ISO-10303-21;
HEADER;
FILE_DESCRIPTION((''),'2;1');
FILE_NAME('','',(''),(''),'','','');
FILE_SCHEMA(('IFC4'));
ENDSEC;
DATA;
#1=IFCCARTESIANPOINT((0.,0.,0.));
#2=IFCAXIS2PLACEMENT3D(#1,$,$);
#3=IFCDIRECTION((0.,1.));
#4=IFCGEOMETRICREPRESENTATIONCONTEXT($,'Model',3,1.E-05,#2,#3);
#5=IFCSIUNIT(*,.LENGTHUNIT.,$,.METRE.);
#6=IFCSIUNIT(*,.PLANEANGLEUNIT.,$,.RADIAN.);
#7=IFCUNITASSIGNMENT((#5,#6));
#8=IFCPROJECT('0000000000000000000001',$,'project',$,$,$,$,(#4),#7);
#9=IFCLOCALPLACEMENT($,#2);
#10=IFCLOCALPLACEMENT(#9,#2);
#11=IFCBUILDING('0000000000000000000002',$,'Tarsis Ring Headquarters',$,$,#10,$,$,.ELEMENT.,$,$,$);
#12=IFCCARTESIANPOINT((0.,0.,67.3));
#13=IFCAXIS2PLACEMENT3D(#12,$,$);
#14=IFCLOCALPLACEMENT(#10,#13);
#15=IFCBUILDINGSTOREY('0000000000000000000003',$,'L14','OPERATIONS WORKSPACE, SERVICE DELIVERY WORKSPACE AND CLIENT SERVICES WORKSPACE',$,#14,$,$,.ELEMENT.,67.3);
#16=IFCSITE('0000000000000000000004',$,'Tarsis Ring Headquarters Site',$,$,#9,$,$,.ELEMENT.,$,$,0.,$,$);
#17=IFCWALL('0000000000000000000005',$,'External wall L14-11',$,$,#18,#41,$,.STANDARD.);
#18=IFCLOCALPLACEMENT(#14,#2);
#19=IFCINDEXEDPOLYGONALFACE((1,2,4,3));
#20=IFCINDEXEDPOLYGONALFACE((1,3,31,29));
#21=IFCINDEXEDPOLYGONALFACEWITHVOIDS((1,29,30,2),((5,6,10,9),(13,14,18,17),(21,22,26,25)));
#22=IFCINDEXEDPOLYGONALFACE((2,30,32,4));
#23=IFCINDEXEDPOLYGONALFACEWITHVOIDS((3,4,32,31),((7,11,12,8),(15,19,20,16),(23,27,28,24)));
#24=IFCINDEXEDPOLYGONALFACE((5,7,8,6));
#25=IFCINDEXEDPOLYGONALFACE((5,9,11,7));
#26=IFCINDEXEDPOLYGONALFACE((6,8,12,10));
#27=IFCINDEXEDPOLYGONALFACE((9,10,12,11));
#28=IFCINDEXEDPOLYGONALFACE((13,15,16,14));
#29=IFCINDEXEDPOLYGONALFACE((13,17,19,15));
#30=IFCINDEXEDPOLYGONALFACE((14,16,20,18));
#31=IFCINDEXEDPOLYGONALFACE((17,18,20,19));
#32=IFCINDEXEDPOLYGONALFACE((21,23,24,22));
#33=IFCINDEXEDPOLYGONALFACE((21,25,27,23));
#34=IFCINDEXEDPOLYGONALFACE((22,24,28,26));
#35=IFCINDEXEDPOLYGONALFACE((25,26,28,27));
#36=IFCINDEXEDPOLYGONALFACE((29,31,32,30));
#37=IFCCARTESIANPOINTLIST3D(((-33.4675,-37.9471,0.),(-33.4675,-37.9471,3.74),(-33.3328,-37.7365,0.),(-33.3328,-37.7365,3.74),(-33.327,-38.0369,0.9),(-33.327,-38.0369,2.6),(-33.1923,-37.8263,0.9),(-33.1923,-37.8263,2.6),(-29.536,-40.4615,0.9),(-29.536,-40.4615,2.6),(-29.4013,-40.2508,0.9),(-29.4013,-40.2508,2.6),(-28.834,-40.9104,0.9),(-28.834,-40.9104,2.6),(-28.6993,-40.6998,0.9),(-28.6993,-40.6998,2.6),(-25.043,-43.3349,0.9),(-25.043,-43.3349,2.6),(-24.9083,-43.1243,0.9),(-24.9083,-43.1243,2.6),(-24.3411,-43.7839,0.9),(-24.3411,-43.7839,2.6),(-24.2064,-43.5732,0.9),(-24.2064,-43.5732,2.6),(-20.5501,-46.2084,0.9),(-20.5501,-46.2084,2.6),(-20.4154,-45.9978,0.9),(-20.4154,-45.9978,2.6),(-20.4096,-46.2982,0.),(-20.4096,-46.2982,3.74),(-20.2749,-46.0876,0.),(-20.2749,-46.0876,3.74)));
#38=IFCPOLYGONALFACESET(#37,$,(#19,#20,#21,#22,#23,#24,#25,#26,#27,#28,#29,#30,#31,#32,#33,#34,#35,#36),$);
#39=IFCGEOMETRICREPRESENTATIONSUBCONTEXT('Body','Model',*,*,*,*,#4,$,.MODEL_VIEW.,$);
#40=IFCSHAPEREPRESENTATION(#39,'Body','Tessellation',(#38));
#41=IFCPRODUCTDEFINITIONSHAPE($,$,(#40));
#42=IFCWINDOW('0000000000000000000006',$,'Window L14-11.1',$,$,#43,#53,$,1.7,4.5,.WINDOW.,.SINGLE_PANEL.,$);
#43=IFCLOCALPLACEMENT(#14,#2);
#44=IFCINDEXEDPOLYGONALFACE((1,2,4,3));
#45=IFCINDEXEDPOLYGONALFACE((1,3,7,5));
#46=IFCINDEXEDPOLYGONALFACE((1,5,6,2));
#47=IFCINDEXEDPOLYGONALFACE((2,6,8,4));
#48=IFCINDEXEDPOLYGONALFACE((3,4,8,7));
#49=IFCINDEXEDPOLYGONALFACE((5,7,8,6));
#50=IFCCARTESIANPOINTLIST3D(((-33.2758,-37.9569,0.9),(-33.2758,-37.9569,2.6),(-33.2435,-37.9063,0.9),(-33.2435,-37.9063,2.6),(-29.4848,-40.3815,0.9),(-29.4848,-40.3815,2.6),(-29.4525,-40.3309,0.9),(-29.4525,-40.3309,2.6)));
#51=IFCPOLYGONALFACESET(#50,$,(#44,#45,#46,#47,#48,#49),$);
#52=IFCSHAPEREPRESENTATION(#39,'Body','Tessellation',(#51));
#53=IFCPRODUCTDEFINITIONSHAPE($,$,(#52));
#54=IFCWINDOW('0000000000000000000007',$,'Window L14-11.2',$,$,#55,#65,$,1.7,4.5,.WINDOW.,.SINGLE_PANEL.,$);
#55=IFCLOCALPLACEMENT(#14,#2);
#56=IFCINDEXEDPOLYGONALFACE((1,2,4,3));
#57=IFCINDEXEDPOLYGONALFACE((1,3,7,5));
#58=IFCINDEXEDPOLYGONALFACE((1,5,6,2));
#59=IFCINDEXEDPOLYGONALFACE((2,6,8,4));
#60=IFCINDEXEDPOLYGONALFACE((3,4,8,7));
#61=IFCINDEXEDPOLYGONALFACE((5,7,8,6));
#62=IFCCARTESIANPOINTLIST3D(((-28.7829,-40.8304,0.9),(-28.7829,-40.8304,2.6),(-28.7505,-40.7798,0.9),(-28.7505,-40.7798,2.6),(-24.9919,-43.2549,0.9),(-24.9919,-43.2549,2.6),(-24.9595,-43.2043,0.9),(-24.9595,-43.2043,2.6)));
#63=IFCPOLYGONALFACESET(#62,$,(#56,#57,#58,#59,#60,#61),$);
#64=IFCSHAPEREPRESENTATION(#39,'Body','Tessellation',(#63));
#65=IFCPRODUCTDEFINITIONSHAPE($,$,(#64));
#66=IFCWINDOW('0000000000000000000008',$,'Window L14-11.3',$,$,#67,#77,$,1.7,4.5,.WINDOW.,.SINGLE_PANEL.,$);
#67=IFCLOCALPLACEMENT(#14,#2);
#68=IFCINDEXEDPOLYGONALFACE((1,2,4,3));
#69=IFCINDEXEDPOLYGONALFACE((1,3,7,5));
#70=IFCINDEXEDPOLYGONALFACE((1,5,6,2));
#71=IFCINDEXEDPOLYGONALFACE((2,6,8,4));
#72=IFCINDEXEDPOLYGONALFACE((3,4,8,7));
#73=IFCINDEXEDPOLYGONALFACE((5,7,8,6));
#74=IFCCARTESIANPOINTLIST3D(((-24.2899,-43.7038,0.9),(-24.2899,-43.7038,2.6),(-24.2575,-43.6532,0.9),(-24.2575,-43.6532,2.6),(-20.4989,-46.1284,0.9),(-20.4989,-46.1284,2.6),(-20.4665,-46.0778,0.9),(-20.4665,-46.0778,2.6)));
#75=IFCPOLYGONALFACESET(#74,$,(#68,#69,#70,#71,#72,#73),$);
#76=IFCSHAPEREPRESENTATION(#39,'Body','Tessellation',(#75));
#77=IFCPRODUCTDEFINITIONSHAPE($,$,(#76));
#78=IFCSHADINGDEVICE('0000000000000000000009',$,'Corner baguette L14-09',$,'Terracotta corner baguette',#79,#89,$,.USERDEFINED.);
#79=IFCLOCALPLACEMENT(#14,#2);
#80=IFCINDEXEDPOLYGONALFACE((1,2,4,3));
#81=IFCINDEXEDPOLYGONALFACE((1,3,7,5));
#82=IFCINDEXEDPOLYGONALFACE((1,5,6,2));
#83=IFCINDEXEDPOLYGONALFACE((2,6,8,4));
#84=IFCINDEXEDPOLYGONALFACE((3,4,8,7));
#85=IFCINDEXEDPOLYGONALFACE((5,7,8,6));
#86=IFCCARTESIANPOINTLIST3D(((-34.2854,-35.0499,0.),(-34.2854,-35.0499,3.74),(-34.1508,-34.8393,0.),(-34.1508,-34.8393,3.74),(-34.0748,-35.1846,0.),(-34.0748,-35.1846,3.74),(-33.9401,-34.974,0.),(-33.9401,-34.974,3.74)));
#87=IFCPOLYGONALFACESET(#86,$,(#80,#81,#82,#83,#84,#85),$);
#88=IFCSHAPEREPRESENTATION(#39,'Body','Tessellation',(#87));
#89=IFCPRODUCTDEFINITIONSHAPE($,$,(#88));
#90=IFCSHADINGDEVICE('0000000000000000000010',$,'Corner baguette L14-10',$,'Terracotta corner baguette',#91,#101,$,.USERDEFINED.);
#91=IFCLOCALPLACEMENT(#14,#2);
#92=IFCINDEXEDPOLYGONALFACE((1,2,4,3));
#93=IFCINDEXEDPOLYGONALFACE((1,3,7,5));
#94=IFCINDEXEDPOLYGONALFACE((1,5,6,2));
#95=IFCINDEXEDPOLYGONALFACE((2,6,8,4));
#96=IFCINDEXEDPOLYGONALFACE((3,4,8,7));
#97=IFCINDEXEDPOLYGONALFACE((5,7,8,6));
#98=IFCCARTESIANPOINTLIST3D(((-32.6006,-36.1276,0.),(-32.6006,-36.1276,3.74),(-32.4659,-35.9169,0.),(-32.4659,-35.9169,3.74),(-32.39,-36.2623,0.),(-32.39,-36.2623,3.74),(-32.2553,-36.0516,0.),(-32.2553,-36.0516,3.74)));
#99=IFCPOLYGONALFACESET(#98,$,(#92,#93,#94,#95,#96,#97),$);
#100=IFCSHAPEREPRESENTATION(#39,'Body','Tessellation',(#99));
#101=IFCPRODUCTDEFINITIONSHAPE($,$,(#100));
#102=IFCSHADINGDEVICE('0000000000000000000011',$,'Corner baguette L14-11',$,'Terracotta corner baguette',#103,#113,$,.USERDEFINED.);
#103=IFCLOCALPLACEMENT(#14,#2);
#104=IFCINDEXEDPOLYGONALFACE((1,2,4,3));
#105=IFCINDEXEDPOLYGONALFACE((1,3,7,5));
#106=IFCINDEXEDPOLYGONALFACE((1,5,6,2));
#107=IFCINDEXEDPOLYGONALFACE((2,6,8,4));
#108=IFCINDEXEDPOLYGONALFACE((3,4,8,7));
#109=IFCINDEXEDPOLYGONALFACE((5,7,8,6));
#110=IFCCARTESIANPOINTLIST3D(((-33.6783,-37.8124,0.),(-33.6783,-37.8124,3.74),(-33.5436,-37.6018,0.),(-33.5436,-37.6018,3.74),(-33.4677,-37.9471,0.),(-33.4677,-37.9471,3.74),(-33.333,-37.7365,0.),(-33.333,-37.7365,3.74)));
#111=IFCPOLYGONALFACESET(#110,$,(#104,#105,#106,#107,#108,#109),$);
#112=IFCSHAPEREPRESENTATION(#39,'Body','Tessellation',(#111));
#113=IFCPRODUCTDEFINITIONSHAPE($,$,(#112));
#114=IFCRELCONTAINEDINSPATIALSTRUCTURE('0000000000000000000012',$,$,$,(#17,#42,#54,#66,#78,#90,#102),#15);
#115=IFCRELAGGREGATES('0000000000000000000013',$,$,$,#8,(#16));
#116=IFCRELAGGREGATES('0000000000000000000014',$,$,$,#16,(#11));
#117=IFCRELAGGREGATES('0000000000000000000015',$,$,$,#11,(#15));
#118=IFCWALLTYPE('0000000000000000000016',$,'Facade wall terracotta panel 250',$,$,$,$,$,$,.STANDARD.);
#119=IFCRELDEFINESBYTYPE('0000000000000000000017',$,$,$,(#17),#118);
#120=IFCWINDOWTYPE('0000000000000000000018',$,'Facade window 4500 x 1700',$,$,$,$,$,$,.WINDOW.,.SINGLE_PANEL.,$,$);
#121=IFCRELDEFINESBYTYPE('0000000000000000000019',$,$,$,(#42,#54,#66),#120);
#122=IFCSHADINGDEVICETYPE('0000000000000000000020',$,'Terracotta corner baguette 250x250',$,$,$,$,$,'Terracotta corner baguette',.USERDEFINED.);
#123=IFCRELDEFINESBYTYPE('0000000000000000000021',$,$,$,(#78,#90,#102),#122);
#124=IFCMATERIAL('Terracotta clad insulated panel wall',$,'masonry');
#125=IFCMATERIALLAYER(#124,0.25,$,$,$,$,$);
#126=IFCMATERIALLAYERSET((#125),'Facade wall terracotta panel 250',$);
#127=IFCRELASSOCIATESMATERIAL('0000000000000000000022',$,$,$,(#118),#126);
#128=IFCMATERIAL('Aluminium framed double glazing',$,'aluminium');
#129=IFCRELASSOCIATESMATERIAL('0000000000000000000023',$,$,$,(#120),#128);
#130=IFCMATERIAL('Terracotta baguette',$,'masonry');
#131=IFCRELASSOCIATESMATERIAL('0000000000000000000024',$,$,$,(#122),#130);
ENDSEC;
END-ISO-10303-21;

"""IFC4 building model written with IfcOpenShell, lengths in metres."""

from ifc_helpers import new_model, si_unit, direction, frame, frame_2d, origin, origin_2d, place, context, subcontext, project, spatial, rectangle, extrude, material, layer, layer_set, type_object, element, fill, save


model = new_model("IFC4")

# Units and contexts
model_context = context("Model", 3, precision=1e-05, world=origin(), true_north=direction((0.0, 1.0)))
body_context = subcontext(model_context, "Body", "Model", "MODEL_VIEW")
ifc_project = project(units=[si_unit("LENGTHUNIT", "METRE"), si_unit("PLANEANGLEUNIT", "RADIAN")], contexts=[model_context])

# Site, building, storey
site_placement = place(None, origin())
site = spatial("IfcSite", under=ifc_project, at=site_placement, Name="Tarsis Ring Headquarters Site", CompositionType="ELEMENT", RefElevation=0.0)
building_placement = place(site_placement, origin())
building = spatial("IfcBuilding", under=site, at=building_placement, Name="Tarsis Ring Headquarters", CompositionType="ELEMENT")
storey_placement = place(building_placement, frame((0.0, 0.0, 67.3)))
storey = spatial("IfcBuildingStorey", under=building, at=storey_placement, Name="L14", Description="OPERATIONS WORKSPACE, SERVICE DELIVERY WORKSPACE AND CLIENT SERVICES WORKSPACE", CompositionType="ELEMENT", Elevation=67.3)

# Shared definitions
ifc_material_1 = material(Name="Terracotta clad insulated panel wall", Category="masonry")
ifc_layer_1 = layer(ifc_material_1, 0.25)
ifc_layer_set_1 = layer_set([ifc_layer_1], Name="Facade wall terracotta panel 250")
wall_type_1 = type_object("IfcWallType", Name="Facade wall terracotta panel 250", PredefinedType="STANDARD", material=ifc_layer_set_1)

# Wall, openings, windows
wall_1_placement = place(storey_placement, frame((-33.4001, -37.8418, 0.0), z_axis=(0.0, 0.0, 1.0), x_axis=(0.842446, -0.538781, 0.0)))
wall_1 = element("IfcWall", 1, at=wall_1_placement, inside=storey, type_object=wall_type_1, Name="External wall L14-11", PredefinedType="STANDARD", context=body_context, shape_type="SweptSolid", body=[
    extrude(rectangle(XDim=15.5, YDim=0.25, at=frame_2d((7.75, 0.0))), origin(), (0.0, 0.0, 1.0), 3.74),
])
opening_1_placement = place(wall_1_placement, frame((0.1667, 0.0, 0.8999)))
opening_1 = element("IfcOpeningElement", 2, at=opening_1_placement, cuts=wall_1, PredefinedType="OPENING", context=body_context, shape_type="SweptSolid", body=[
    extrude(rectangle(XDim=4.5, YDim=1.7, at=frame_2d((2.25, 0.8501))), frame((0.0, 0.135, 0.0), z_axis=(0.0, -1.0, 0.0), x_axis=(1.0, 0.0, 0.0)), (0.0, 0.0, 1.0), 0.27),
])
opening_2_placement = place(wall_1_placement, frame((5.5, 0.0, 0.8999)))
opening_2 = element("IfcOpeningElement", 3, at=opening_2_placement, cuts=wall_1, PredefinedType="OPENING", context=body_context, shape_type="SweptSolid", body=[
    extrude(rectangle(XDim=4.5, YDim=1.7, at=frame_2d((2.25, 0.8501))), frame((0.0, 0.135, 0.0), z_axis=(0.0, -1.0, 0.0), x_axis=(1.0, 0.0, 0.0)), (0.0, 0.0, 1.0), 0.27),
])
opening_3_placement = place(wall_1_placement, frame((10.8333, 0.0, 0.8999)))
opening_3 = element("IfcOpeningElement", 4, at=opening_3_placement, cuts=wall_1, PredefinedType="OPENING", context=body_context, shape_type="SweptSolid", body=[
    extrude(rectangle(XDim=4.5, YDim=1.7, at=frame_2d((2.25, 0.8501))), frame((0.0, 0.135, 0.0), z_axis=(0.0, -1.0, 0.0), x_axis=(1.0, 0.0, 0.0)), (0.0, 0.0, 1.0), 0.27),
])
ifc_material_2 = material(Name="Aluminium framed double glazing", Category="aluminium")
window_type = type_object("IfcWindowType", Name="Facade window 4500 x 1700", PartitioningType="SINGLE_PANEL", PredefinedType="WINDOW", material=ifc_material_2)
window_1_placement = place(opening_1_placement, origin())
window_1 = element("IfcWindow", 5, at=window_1_placement, inside=storey, type_object=window_type, Name="Window L14-11.1", OverallHeight=1.7, OverallWidth=4.5, PartitioningType="SINGLE_PANEL", PredefinedType="WINDOW", context=body_context, shape_type="SweptSolid", body=[
    extrude(rectangle(XDim=4.5, YDim=1.7, at=frame_2d((2.25, 0.8501))), frame((0.0, 0.03, 0.0), z_axis=(0.0, -1.0, 0.0), x_axis=(1.0, 0.0, 0.0)), (0.0, 0.0, 1.0), 0.0601),
])
fill(opening_1, window_1)
window_2_placement = place(opening_2_placement, origin())
window_2 = element("IfcWindow", 6, at=window_2_placement, inside=storey, type_object=window_type, Name="Window L14-11.2", OverallHeight=1.7, OverallWidth=4.5, PartitioningType="SINGLE_PANEL", PredefinedType="WINDOW", context=body_context, shape_type="SweptSolid", body=[
    extrude(rectangle(XDim=4.5, YDim=1.7, at=frame_2d((2.25, 0.8501))), frame((0.0, 0.03, 0.0), z_axis=(0.0, -1.0, 0.0), x_axis=(1.0, 0.0, 0.0)), (0.0, 0.0, 1.0), 0.0601),
])
fill(opening_2, window_2)
window_3_placement = place(opening_3_placement, origin())
window_3 = element("IfcWindow", 7, at=window_3_placement, inside=storey, type_object=window_type, Name="Window L14-11.3", OverallHeight=1.7, OverallWidth=4.5, PartitioningType="SINGLE_PANEL", PredefinedType="WINDOW", context=body_context, shape_type="SweptSolid", body=[
    extrude(rectangle(XDim=4.5, YDim=1.7, at=frame_2d((2.25, 0.8501))), frame((0.0, 0.03, 0.0), z_axis=(0.0, -1.0, 0.0), x_axis=(1.0, 0.0, 0.0)), (0.0, 0.0, 1.0), 0.0601),
])
fill(opening_3, window_3)

# Shading devices
ifc_material_3 = material(Name="Terracotta baguette", Category="masonry")
shading_device_type_1 = type_object("IfcShadingDeviceType", Name="Terracotta corner baguette 250x250", ElementType="Terracotta corner baguette", PredefinedType="USERDEFINED", material=ifc_material_3)
for number, where, z_axis, x_axis, name in (
    (8, (-34.1128, -35.012, 0.0), (0.0, 0.0, 1.0), (-0.538771, -0.842453, 0.0), "Corner baguette L14-09"),
    (9, (-32.428, -36.0896, 0.0), (0.0, 0.0, 1.0), (0.842452, -0.538771, 0.0), "Corner baguette L14-10"),
    (10, (-33.5056, -37.7744, 0.0), (0.0, 0.0, 1.0), (-0.538771, -0.842452, 0.0), "Corner baguette L14-11"),
):
    element("IfcShadingDevice", number, at=place(storey_placement, frame(where, z_axis=z_axis, x_axis=x_axis)), inside=storey, type_object=shading_device_type_1, Name=name, ObjectType="Terracotta corner baguette", PredefinedType="USERDEFINED", context=body_context, shape_type="SweptSolid", body=[
        extrude(rectangle(XDim=0.25, YDim=0.25, at=origin_2d()), origin(), (0.0, 0.0, 1.0), 3.74),
    ])

save(model, "model.ifc")
